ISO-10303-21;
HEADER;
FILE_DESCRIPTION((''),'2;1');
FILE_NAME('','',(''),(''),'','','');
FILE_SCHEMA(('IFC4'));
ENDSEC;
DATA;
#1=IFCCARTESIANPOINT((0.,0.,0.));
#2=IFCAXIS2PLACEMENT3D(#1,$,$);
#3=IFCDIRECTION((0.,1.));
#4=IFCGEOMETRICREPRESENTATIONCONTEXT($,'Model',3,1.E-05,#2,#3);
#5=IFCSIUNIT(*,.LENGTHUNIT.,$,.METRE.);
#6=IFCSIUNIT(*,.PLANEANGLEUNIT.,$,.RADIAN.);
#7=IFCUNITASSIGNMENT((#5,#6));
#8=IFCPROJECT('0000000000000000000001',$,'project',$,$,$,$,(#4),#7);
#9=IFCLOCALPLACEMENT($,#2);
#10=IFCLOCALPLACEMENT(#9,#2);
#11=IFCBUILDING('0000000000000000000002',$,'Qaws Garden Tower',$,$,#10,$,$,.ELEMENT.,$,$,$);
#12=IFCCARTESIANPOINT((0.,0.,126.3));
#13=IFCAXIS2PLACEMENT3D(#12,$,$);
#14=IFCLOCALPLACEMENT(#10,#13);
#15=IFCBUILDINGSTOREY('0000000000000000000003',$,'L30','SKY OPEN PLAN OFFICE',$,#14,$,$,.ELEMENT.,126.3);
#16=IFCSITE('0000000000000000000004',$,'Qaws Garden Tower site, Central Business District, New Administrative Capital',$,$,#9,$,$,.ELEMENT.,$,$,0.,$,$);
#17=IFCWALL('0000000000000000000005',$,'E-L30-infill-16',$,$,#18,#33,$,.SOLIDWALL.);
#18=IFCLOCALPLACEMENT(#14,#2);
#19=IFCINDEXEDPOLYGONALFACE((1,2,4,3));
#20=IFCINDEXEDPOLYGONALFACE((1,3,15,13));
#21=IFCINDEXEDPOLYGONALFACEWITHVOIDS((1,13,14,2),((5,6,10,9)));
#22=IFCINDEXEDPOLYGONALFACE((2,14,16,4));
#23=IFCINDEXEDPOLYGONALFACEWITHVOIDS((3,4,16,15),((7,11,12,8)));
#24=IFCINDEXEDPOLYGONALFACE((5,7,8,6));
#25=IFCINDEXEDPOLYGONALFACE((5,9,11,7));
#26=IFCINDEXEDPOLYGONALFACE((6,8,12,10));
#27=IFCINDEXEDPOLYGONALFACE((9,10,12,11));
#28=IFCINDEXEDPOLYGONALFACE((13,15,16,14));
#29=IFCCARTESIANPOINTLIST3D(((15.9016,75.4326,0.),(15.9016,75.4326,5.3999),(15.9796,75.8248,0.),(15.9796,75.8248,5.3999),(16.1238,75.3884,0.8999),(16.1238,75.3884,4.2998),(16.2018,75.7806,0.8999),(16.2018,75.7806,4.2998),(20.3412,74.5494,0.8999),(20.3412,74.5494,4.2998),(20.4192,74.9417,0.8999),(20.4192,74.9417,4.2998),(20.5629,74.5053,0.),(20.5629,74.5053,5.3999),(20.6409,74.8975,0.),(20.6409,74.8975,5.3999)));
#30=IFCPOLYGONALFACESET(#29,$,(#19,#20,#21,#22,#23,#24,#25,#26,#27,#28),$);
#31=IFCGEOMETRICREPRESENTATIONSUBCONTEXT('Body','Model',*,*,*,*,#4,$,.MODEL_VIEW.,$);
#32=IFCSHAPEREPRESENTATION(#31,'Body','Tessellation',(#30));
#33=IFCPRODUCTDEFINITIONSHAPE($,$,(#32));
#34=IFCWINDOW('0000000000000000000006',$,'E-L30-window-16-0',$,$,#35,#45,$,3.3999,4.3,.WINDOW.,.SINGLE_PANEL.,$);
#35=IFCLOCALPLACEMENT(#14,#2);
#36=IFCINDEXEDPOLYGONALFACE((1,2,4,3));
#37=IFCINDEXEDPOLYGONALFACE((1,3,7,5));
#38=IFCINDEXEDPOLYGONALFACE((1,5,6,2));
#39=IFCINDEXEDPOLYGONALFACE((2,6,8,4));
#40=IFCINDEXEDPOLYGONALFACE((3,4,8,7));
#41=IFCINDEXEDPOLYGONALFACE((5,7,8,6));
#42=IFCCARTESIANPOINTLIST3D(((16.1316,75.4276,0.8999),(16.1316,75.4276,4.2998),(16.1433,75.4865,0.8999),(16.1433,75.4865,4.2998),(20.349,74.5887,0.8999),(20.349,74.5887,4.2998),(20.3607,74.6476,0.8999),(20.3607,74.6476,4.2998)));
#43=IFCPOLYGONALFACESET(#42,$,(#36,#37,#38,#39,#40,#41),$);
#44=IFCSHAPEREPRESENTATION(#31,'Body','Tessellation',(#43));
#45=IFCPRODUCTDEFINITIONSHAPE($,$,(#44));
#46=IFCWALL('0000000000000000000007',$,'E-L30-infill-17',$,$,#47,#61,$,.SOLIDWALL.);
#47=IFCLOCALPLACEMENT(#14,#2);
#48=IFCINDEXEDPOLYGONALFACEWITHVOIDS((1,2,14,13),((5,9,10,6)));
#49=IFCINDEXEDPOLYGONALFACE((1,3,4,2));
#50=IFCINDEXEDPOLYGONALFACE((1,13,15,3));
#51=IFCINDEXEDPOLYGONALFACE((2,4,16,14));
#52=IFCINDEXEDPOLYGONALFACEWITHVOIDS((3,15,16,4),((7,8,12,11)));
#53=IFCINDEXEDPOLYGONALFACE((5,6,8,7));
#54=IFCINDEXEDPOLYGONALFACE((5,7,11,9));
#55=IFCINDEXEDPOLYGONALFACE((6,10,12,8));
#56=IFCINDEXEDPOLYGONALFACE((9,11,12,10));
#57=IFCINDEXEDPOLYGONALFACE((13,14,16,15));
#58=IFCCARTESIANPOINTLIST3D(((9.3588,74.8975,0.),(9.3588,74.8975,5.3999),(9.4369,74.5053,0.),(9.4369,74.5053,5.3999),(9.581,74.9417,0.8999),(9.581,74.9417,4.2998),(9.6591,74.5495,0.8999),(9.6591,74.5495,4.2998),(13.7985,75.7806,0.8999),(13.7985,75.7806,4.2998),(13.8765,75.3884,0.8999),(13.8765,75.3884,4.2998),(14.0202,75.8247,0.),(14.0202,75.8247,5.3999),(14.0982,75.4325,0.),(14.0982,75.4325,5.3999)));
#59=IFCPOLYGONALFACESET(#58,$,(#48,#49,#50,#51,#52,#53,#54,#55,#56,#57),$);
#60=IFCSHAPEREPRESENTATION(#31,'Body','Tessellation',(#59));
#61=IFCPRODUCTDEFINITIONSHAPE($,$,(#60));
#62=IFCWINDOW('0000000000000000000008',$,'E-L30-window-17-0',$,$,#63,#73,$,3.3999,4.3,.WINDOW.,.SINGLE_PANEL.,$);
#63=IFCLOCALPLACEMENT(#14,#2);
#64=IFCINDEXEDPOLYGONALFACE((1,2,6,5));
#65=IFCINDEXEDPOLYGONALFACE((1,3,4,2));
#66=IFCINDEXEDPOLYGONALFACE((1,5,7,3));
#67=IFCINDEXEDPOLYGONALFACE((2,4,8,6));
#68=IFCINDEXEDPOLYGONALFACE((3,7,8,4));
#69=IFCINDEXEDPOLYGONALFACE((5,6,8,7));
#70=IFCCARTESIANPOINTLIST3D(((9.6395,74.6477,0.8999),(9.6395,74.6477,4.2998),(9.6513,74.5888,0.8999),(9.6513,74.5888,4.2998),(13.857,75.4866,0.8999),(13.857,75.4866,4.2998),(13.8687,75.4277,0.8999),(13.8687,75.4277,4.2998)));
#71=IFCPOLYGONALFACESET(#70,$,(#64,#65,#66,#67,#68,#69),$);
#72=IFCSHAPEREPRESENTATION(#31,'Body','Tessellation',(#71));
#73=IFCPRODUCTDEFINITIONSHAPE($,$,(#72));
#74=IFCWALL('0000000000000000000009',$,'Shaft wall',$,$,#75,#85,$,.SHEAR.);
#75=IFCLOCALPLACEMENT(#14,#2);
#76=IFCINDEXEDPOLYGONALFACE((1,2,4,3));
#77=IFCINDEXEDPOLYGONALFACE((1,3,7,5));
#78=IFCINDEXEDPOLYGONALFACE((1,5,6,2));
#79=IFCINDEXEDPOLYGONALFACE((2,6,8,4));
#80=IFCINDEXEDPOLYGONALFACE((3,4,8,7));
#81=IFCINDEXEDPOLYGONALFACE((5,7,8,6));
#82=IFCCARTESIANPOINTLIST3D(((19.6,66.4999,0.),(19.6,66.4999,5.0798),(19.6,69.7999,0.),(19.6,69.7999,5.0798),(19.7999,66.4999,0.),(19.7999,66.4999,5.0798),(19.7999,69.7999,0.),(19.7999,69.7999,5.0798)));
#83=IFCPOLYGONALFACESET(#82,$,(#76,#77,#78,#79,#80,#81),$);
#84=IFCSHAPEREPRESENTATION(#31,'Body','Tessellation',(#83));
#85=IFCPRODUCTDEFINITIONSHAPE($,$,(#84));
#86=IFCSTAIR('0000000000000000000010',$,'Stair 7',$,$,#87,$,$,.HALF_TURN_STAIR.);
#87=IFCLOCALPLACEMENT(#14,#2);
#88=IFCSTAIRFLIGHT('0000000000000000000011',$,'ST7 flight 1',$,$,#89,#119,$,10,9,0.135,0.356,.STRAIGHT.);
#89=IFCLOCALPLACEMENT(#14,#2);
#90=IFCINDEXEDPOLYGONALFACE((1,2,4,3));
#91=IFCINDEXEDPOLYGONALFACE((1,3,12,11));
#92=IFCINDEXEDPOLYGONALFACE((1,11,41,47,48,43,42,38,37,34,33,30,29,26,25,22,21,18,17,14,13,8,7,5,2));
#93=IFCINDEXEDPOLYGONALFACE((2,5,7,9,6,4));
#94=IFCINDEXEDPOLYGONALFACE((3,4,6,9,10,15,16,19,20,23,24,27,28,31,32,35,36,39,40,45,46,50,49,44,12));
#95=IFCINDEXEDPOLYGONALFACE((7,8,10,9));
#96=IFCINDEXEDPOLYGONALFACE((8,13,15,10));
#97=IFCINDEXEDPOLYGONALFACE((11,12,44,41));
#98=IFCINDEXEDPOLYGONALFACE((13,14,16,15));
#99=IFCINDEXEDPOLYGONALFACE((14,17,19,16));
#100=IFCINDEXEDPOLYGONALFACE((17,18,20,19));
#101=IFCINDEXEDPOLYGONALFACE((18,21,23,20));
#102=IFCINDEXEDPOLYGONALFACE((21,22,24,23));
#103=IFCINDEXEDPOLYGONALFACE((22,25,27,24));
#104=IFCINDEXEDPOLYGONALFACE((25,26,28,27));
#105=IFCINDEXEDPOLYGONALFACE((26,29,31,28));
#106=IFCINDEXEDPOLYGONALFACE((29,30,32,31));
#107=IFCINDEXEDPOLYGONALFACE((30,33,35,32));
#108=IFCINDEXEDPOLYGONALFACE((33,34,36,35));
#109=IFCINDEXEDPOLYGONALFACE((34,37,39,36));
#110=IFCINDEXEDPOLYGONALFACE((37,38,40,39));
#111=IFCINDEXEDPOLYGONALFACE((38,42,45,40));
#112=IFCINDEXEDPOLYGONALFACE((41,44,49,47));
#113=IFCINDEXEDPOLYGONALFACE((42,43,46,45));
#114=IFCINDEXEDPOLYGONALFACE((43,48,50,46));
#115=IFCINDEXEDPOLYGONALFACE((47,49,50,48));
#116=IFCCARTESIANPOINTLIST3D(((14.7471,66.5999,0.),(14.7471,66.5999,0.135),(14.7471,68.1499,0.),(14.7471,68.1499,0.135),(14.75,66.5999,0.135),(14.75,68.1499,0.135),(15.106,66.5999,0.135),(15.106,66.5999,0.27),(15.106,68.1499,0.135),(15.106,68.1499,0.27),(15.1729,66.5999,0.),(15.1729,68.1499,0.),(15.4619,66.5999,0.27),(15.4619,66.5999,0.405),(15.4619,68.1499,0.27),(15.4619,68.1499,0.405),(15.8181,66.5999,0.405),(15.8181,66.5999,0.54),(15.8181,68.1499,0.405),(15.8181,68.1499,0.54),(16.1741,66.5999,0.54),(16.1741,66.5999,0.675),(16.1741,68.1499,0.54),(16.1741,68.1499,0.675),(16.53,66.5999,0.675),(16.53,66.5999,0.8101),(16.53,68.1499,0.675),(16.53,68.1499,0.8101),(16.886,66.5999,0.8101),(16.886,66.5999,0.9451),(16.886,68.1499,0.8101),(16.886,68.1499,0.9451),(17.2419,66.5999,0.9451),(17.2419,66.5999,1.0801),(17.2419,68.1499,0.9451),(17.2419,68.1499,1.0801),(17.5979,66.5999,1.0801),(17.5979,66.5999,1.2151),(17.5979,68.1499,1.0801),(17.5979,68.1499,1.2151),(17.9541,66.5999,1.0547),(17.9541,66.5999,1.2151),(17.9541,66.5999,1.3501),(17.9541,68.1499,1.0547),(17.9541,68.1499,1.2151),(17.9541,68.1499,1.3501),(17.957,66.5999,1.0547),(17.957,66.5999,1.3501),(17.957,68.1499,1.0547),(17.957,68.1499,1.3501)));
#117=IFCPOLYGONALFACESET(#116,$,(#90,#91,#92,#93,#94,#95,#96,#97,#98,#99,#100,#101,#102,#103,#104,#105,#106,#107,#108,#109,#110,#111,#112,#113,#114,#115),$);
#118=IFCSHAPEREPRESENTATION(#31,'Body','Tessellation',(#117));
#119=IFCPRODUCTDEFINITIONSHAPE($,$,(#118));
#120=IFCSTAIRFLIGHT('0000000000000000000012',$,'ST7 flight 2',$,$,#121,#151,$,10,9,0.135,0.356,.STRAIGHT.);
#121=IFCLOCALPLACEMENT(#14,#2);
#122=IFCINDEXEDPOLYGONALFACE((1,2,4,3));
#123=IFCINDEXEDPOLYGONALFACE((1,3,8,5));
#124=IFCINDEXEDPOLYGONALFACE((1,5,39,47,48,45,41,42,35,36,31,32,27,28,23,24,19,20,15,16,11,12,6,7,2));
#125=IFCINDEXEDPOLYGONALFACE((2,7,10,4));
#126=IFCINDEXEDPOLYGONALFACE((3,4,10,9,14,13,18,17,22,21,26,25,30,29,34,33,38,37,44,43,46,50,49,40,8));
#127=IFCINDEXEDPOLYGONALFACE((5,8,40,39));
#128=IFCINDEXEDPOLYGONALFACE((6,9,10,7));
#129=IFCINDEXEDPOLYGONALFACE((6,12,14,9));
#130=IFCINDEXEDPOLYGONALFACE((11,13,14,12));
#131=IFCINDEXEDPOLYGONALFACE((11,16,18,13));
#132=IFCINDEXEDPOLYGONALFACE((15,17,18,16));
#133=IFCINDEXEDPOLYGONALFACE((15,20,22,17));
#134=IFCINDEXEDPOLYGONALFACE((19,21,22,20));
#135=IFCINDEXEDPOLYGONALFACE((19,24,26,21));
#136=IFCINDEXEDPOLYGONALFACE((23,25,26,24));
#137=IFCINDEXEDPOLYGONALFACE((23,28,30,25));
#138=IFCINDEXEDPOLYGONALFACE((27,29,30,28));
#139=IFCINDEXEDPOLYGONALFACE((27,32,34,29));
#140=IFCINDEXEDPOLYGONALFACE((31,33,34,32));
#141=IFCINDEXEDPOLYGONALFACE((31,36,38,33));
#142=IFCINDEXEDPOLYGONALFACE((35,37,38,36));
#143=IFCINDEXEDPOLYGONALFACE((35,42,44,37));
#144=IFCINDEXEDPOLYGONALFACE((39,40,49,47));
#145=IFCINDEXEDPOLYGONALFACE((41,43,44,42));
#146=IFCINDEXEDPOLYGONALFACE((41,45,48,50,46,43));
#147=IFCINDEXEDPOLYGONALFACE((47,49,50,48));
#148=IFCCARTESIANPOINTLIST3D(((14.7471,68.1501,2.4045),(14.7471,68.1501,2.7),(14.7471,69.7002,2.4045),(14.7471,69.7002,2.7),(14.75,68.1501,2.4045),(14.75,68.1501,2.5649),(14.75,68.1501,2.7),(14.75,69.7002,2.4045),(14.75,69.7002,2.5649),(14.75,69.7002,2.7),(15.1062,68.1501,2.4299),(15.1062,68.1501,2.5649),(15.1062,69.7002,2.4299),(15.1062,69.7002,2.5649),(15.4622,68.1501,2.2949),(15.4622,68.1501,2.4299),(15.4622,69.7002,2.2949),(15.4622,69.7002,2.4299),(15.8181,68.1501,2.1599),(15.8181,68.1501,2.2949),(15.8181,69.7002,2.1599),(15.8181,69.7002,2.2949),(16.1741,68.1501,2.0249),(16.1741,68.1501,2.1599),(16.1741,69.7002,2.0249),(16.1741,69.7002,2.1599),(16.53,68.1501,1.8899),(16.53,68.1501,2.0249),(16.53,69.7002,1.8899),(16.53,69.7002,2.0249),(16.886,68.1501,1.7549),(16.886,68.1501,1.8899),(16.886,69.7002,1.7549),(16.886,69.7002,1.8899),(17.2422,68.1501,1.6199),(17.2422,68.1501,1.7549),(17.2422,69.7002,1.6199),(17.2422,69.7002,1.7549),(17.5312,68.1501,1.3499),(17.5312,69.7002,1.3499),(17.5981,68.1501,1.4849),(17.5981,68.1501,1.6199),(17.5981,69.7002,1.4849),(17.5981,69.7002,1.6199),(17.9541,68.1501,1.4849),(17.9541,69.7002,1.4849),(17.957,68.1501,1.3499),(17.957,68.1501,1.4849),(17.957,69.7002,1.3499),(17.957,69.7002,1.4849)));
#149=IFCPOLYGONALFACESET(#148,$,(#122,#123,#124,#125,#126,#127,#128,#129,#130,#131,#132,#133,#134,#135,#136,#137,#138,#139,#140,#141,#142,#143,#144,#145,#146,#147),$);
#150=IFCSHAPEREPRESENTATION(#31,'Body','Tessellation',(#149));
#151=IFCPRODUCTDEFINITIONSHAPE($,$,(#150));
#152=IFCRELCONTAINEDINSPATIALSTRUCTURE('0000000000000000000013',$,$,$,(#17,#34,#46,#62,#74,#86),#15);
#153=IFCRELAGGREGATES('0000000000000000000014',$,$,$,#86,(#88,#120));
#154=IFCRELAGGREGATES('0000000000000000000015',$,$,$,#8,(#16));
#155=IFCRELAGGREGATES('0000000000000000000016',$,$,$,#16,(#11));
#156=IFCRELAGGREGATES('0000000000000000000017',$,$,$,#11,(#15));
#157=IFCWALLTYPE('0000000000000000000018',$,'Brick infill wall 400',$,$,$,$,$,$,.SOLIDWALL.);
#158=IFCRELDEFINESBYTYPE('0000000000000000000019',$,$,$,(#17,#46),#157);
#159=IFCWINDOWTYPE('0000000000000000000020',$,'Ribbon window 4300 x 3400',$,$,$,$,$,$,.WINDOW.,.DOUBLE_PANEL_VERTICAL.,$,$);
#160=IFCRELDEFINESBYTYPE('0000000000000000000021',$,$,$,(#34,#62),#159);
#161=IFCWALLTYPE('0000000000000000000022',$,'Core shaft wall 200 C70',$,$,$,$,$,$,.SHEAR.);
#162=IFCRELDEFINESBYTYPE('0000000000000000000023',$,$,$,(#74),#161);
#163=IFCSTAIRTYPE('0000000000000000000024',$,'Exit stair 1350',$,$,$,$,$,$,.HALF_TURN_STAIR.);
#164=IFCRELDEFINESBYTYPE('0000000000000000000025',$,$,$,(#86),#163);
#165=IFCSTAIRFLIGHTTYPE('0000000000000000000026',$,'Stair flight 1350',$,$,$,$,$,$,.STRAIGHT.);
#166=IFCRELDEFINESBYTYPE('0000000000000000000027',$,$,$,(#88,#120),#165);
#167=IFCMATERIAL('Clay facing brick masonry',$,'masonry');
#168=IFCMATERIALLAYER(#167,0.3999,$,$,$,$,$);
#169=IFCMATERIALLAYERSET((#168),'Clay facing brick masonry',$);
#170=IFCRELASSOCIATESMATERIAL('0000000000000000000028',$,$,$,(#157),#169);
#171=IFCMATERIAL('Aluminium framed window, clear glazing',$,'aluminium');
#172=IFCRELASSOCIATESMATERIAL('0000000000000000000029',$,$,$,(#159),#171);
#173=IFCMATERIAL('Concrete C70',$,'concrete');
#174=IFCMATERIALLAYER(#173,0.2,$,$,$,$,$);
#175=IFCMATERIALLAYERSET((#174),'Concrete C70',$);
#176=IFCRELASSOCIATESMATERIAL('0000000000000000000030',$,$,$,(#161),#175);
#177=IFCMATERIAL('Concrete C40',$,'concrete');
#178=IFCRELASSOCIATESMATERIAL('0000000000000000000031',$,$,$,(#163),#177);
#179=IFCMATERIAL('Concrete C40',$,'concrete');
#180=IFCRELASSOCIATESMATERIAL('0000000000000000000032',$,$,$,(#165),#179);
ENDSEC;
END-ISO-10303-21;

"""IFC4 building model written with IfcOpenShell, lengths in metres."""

from ifc_helpers import new_model, si_unit, direction, frame, frame_2d, origin, place, context, subcontext, project, spatial, polyline, rectangle, outline, extrude, material, layer, layer_set, type_object, element, fill, aggregate, save


model = new_model("IFC4")

# Units and contexts
model_context = context("Model", 3, precision=1e-05, world=origin(), true_north=direction((0.0, 1.0)))
body_context = subcontext(model_context, "Body", "Model", "MODEL_VIEW")
ifc_project = project(units=[si_unit("LENGTHUNIT", "METRE"), si_unit("PLANEANGLEUNIT", "RADIAN")], contexts=[model_context])

# Site, building, storey
site_placement = place(None, origin())
site = spatial("IfcSite", under=ifc_project, at=site_placement, Name="Qaws Garden Tower site, Central Business District, New Administrative Capital", CompositionType="ELEMENT", RefElevation=0.0)
building_placement = place(site_placement, origin())
building = spatial("IfcBuilding", under=site, at=building_placement, Name="Qaws Garden Tower", CompositionType="ELEMENT")
storey_placement = place(building_placement, frame((0.0, 0.0, 126.3)))
storey = spatial("IfcBuildingStorey", under=building, at=storey_placement, Name="L30", Description="SKY OPEN PLAN OFFICE", CompositionType="ELEMENT", Elevation=126.3)

# Walls, openings, windows
ifc_material_1 = material(Name="Clay facing brick masonry", Category="masonry")
ifc_layer_1 = layer(ifc_material_1, 0.3999)
ifc_layer_set_1 = layer_set([ifc_layer_1], Name="Clay facing brick masonry")
wall_type_1 = type_object("IfcWallType", Name="Brick infill wall 400", PredefinedType="SOLIDWALL", material=ifc_layer_set_1)
ifc_material_2 = material(Name="Aluminium framed window, clear glazing", Category="aluminium")
window_type = type_object("IfcWindowType", Name="Ribbon window 4300 x 3400", PartitioningType="DOUBLE_PANEL_VERTICAL", PredefinedType="WINDOW", material=ifc_material_2)
wall_1_placement = place(storey_placement, frame((20.6021, 74.7014, 0.0), z_axis=(0.0, 0.0, 1.0), x_axis=(-0.980784, 0.195099, 0.0)))
wall_1 = element("IfcWall", 1, at=wall_1_placement, inside=storey, type_object=wall_type_1, Name="E-L30-infill-16", PredefinedType="SOLIDWALL", context=body_context, shape_type="SweptSolid", body=[
    extrude(rectangle(XDim=4.7527, YDim=0.3999, at=frame_2d((2.3765, 0.0))), origin(), (0.0, 0.0, 1.0), 5.3999),
])
opening_1_placement = place(wall_1_placement, frame((0.2263, 0.0, 0.8999)))
opening_1 = element("IfcOpeningElement", 2, at=opening_1_placement, cuts=wall_1, PredefinedType="OPENING", context=body_context, shape_type="SweptSolid", body=[
    extrude(rectangle(XDim=4.3, YDim=3.3999, at=frame_2d((2.1499, 1.7))), frame((0.0, 0.21, 0.0), z_axis=(0.0, -1.0, 0.0), x_axis=(1.0, 0.0, 0.0)), (0.0, 0.0, 1.0), 0.4199),
])
window_1_placement = place(opening_1_placement, origin())
window_1 = element("IfcWindow", 3, at=window_1_placement, inside=storey, type_object=window_type, Name="E-L30-window-16-0", OverallHeight=3.3999, OverallWidth=4.3, PartitioningType="SINGLE_PANEL", PredefinedType="WINDOW", context=body_context, shape_type="SweptSolid", body=[
    extrude(rectangle(XDim=4.3, YDim=3.3999, at=frame_2d((2.1499, 1.7))), frame((0.0, 0.1599, 0.0), z_axis=(0.0, -1.0, 0.0), x_axis=(1.0, 0.0, 0.0)), (0.0, 0.0, 1.0), 0.0601),
])
fill(opening_1, window_1)
wall_2_placement = place(storey_placement, frame((14.0593, 75.6287, 0.0), z_axis=(0.0, 0.0, 1.0), x_axis=(-0.980784, -0.195099, 0.0)))
wall_2 = element("IfcWall", 4, at=wall_2_placement, inside=storey, type_object=wall_type_1, Name="E-L30-infill-17", PredefinedType="SOLIDWALL", context=body_context, shape_type="SweptSolid", body=[
    extrude(rectangle(XDim=4.7527, YDim=0.3999, at=frame_2d((2.3765, 0.0))), origin(), (0.0, 0.0, 1.0), 5.3999),
])
opening_2_placement = place(wall_2_placement, frame((0.2263, 0.0, 0.8999)))
opening_2 = element("IfcOpeningElement", 5, at=opening_2_placement, cuts=wall_2, PredefinedType="OPENING", context=body_context, shape_type="SweptSolid", body=[
    extrude(rectangle(XDim=4.3, YDim=3.3999, at=frame_2d((2.1499, 1.7))), frame((0.0, 0.21, 0.0), z_axis=(0.0, -1.0, 0.0), x_axis=(1.0, 0.0, 0.0)), (0.0, 0.0, 1.0), 0.4199),
])
window_2_placement = place(opening_2_placement, origin())
window_2 = element("IfcWindow", 6, at=window_2_placement, inside=storey, type_object=window_type, Name="E-L30-window-17-0", OverallHeight=3.3999, OverallWidth=4.3, PartitioningType="SINGLE_PANEL", PredefinedType="WINDOW", context=body_context, shape_type="SweptSolid", body=[
    extrude(rectangle(XDim=4.3, YDim=3.3999, at=frame_2d((2.1499, 1.7))), frame((0.0, 0.1599, 0.0), z_axis=(0.0, -1.0, 0.0), x_axis=(1.0, 0.0, 0.0)), (0.0, 0.0, 1.0), 0.0601),
])
fill(opening_2, window_2)

# Wall
ifc_material_3 = material(Name="Concrete C70", Category="concrete")
ifc_layer_2 = layer(ifc_material_3, 0.2)
ifc_layer_set_2 = layer_set([ifc_layer_2], Name="Concrete C70")
wall_type_2 = type_object("IfcWallType", Name="Core shaft wall 200 C70", PredefinedType="SHEAR", material=ifc_layer_set_2)
wall_3_placement = place(storey_placement, frame((19.7, 66.5, 0.0), z_axis=(0.0, 0.0, 1.0), x_axis=(0.0, 1.0, 0.0)))
element("IfcWall", 7, at=wall_3_placement, inside=storey, type_object=wall_type_2, Name="Shaft wall", PredefinedType="SHEAR", context=body_context, shape_type="SweptSolid", body=[
    extrude(rectangle(XDim=3.3, YDim=0.2, at=frame_2d((1.6499, 0.0))), origin(), (0.0, 0.0, 1.0), 5.0798),
])

# Stair, stair flights
ifc_material_4 = material(Name="Concrete C40", Category="concrete")
stair_type = type_object("IfcStairType", Name="Exit stair 1350", PredefinedType="HALF_TURN_STAIR", material=ifc_material_4)
stair_placement = place(storey_placement, origin())
stair = element("IfcStair", 8, at=stair_placement, inside=storey, type_object=stair_type, Name="Stair 7", PredefinedType="HALF_TURN_STAIR")
ifc_material_5 = material(Name="Concrete C40", Category="concrete")
stair_flight_type = type_object("IfcStairFlightType", Name="Stair flight 1350", PredefinedType="STRAIGHT", material=ifc_material_5)
stair_flight_1_placement = place(storey_placement, frame((14.75, 67.375, 0.0), z_axis=(0.0, 0.0, 1.0), x_axis=(1.0, 0.0, 0.0)))
stair_flight_1 = element("IfcStairFlight", 9, at=stair_flight_1_placement, type_object=stair_flight_type, Name="ST7 flight 1", NumberOfRisers=10, NumberOfTreads=9, PredefinedType="STRAIGHT", RiserHeight=0.135, TreadLength=0.356, context=body_context, shape_type="SweptSolid", body=[
    extrude(outline(polyline([(-0.0029, 0.0), (-0.0029, 0.135), (0.0, 0.135), (0.356, 0.135), (0.356, 0.27), (0.7119, 0.27), (0.7119, 0.405), (1.0681, 0.405), (1.0681, 0.54), (1.4241, 0.54), (1.4241, 0.675), (1.78, 0.675), (1.78, 0.8101), (2.136, 0.8101), (2.136, 0.9451), (2.4919, 0.9451), (2.4919, 1.0801), (2.8479, 1.0801), (2.8479, 1.2151), (3.2041, 1.2151), (3.2041, 1.3501), (3.207, 1.3501), (3.207, 1.0547), (3.2041, 1.0547), (0.4229, 0.0), (-0.0029, 0.0)])), frame((0.0, 0.7749, 0.0), z_axis=(0.0, -1.0, 0.0), x_axis=(1.0, 0.0, 0.0)), (0.0, 0.0, 1.0), 1.55),
])
stair_flight_2_placement = place(storey_placement, frame((17.9541, 68.925, 1.3499), z_axis=(0.0, 0.0, 1.0), x_axis=(-1.0, 0.0, 0.0)))
stair_flight_2 = element("IfcStairFlight", 10, at=stair_flight_2_placement, type_object=stair_flight_type, Name="ST7 flight 2", NumberOfRisers=10, NumberOfTreads=9, PredefinedType="STRAIGHT", RiserHeight=0.135, TreadLength=0.356, context=body_context, shape_type="SweptSolid", body=[
    extrude(outline(polyline([(-0.0029, 0.0), (-0.0029, 0.135), (0.0, 0.135), (0.356, 0.135), (0.356, 0.27), (0.7119, 0.27), (0.7119, 0.405), (1.0681, 0.405), (1.0681, 0.54), (1.4241, 0.54), (1.4241, 0.675), (1.78, 0.675), (1.78, 0.8101), (2.136, 0.8101), (2.136, 0.9451), (2.4919, 0.9451), (2.4919, 1.0801), (2.8479, 1.0801), (2.8479, 1.2151), (3.2041, 1.2151), (3.2041, 1.3501), (3.207, 1.3501), (3.207, 1.0547), (3.2041, 1.0547), (0.4229, 0.0), (-0.0029, 0.0)])), frame((0.0, 0.7749, 0.0), z_axis=(0.0, -1.0, 0.0), x_axis=(1.0, 0.0, 0.0)), (0.0, 0.0, 1.0), 1.55),
])
aggregate(stair, [stair_flight_1, stair_flight_2])

save(model, "model.ifc")
